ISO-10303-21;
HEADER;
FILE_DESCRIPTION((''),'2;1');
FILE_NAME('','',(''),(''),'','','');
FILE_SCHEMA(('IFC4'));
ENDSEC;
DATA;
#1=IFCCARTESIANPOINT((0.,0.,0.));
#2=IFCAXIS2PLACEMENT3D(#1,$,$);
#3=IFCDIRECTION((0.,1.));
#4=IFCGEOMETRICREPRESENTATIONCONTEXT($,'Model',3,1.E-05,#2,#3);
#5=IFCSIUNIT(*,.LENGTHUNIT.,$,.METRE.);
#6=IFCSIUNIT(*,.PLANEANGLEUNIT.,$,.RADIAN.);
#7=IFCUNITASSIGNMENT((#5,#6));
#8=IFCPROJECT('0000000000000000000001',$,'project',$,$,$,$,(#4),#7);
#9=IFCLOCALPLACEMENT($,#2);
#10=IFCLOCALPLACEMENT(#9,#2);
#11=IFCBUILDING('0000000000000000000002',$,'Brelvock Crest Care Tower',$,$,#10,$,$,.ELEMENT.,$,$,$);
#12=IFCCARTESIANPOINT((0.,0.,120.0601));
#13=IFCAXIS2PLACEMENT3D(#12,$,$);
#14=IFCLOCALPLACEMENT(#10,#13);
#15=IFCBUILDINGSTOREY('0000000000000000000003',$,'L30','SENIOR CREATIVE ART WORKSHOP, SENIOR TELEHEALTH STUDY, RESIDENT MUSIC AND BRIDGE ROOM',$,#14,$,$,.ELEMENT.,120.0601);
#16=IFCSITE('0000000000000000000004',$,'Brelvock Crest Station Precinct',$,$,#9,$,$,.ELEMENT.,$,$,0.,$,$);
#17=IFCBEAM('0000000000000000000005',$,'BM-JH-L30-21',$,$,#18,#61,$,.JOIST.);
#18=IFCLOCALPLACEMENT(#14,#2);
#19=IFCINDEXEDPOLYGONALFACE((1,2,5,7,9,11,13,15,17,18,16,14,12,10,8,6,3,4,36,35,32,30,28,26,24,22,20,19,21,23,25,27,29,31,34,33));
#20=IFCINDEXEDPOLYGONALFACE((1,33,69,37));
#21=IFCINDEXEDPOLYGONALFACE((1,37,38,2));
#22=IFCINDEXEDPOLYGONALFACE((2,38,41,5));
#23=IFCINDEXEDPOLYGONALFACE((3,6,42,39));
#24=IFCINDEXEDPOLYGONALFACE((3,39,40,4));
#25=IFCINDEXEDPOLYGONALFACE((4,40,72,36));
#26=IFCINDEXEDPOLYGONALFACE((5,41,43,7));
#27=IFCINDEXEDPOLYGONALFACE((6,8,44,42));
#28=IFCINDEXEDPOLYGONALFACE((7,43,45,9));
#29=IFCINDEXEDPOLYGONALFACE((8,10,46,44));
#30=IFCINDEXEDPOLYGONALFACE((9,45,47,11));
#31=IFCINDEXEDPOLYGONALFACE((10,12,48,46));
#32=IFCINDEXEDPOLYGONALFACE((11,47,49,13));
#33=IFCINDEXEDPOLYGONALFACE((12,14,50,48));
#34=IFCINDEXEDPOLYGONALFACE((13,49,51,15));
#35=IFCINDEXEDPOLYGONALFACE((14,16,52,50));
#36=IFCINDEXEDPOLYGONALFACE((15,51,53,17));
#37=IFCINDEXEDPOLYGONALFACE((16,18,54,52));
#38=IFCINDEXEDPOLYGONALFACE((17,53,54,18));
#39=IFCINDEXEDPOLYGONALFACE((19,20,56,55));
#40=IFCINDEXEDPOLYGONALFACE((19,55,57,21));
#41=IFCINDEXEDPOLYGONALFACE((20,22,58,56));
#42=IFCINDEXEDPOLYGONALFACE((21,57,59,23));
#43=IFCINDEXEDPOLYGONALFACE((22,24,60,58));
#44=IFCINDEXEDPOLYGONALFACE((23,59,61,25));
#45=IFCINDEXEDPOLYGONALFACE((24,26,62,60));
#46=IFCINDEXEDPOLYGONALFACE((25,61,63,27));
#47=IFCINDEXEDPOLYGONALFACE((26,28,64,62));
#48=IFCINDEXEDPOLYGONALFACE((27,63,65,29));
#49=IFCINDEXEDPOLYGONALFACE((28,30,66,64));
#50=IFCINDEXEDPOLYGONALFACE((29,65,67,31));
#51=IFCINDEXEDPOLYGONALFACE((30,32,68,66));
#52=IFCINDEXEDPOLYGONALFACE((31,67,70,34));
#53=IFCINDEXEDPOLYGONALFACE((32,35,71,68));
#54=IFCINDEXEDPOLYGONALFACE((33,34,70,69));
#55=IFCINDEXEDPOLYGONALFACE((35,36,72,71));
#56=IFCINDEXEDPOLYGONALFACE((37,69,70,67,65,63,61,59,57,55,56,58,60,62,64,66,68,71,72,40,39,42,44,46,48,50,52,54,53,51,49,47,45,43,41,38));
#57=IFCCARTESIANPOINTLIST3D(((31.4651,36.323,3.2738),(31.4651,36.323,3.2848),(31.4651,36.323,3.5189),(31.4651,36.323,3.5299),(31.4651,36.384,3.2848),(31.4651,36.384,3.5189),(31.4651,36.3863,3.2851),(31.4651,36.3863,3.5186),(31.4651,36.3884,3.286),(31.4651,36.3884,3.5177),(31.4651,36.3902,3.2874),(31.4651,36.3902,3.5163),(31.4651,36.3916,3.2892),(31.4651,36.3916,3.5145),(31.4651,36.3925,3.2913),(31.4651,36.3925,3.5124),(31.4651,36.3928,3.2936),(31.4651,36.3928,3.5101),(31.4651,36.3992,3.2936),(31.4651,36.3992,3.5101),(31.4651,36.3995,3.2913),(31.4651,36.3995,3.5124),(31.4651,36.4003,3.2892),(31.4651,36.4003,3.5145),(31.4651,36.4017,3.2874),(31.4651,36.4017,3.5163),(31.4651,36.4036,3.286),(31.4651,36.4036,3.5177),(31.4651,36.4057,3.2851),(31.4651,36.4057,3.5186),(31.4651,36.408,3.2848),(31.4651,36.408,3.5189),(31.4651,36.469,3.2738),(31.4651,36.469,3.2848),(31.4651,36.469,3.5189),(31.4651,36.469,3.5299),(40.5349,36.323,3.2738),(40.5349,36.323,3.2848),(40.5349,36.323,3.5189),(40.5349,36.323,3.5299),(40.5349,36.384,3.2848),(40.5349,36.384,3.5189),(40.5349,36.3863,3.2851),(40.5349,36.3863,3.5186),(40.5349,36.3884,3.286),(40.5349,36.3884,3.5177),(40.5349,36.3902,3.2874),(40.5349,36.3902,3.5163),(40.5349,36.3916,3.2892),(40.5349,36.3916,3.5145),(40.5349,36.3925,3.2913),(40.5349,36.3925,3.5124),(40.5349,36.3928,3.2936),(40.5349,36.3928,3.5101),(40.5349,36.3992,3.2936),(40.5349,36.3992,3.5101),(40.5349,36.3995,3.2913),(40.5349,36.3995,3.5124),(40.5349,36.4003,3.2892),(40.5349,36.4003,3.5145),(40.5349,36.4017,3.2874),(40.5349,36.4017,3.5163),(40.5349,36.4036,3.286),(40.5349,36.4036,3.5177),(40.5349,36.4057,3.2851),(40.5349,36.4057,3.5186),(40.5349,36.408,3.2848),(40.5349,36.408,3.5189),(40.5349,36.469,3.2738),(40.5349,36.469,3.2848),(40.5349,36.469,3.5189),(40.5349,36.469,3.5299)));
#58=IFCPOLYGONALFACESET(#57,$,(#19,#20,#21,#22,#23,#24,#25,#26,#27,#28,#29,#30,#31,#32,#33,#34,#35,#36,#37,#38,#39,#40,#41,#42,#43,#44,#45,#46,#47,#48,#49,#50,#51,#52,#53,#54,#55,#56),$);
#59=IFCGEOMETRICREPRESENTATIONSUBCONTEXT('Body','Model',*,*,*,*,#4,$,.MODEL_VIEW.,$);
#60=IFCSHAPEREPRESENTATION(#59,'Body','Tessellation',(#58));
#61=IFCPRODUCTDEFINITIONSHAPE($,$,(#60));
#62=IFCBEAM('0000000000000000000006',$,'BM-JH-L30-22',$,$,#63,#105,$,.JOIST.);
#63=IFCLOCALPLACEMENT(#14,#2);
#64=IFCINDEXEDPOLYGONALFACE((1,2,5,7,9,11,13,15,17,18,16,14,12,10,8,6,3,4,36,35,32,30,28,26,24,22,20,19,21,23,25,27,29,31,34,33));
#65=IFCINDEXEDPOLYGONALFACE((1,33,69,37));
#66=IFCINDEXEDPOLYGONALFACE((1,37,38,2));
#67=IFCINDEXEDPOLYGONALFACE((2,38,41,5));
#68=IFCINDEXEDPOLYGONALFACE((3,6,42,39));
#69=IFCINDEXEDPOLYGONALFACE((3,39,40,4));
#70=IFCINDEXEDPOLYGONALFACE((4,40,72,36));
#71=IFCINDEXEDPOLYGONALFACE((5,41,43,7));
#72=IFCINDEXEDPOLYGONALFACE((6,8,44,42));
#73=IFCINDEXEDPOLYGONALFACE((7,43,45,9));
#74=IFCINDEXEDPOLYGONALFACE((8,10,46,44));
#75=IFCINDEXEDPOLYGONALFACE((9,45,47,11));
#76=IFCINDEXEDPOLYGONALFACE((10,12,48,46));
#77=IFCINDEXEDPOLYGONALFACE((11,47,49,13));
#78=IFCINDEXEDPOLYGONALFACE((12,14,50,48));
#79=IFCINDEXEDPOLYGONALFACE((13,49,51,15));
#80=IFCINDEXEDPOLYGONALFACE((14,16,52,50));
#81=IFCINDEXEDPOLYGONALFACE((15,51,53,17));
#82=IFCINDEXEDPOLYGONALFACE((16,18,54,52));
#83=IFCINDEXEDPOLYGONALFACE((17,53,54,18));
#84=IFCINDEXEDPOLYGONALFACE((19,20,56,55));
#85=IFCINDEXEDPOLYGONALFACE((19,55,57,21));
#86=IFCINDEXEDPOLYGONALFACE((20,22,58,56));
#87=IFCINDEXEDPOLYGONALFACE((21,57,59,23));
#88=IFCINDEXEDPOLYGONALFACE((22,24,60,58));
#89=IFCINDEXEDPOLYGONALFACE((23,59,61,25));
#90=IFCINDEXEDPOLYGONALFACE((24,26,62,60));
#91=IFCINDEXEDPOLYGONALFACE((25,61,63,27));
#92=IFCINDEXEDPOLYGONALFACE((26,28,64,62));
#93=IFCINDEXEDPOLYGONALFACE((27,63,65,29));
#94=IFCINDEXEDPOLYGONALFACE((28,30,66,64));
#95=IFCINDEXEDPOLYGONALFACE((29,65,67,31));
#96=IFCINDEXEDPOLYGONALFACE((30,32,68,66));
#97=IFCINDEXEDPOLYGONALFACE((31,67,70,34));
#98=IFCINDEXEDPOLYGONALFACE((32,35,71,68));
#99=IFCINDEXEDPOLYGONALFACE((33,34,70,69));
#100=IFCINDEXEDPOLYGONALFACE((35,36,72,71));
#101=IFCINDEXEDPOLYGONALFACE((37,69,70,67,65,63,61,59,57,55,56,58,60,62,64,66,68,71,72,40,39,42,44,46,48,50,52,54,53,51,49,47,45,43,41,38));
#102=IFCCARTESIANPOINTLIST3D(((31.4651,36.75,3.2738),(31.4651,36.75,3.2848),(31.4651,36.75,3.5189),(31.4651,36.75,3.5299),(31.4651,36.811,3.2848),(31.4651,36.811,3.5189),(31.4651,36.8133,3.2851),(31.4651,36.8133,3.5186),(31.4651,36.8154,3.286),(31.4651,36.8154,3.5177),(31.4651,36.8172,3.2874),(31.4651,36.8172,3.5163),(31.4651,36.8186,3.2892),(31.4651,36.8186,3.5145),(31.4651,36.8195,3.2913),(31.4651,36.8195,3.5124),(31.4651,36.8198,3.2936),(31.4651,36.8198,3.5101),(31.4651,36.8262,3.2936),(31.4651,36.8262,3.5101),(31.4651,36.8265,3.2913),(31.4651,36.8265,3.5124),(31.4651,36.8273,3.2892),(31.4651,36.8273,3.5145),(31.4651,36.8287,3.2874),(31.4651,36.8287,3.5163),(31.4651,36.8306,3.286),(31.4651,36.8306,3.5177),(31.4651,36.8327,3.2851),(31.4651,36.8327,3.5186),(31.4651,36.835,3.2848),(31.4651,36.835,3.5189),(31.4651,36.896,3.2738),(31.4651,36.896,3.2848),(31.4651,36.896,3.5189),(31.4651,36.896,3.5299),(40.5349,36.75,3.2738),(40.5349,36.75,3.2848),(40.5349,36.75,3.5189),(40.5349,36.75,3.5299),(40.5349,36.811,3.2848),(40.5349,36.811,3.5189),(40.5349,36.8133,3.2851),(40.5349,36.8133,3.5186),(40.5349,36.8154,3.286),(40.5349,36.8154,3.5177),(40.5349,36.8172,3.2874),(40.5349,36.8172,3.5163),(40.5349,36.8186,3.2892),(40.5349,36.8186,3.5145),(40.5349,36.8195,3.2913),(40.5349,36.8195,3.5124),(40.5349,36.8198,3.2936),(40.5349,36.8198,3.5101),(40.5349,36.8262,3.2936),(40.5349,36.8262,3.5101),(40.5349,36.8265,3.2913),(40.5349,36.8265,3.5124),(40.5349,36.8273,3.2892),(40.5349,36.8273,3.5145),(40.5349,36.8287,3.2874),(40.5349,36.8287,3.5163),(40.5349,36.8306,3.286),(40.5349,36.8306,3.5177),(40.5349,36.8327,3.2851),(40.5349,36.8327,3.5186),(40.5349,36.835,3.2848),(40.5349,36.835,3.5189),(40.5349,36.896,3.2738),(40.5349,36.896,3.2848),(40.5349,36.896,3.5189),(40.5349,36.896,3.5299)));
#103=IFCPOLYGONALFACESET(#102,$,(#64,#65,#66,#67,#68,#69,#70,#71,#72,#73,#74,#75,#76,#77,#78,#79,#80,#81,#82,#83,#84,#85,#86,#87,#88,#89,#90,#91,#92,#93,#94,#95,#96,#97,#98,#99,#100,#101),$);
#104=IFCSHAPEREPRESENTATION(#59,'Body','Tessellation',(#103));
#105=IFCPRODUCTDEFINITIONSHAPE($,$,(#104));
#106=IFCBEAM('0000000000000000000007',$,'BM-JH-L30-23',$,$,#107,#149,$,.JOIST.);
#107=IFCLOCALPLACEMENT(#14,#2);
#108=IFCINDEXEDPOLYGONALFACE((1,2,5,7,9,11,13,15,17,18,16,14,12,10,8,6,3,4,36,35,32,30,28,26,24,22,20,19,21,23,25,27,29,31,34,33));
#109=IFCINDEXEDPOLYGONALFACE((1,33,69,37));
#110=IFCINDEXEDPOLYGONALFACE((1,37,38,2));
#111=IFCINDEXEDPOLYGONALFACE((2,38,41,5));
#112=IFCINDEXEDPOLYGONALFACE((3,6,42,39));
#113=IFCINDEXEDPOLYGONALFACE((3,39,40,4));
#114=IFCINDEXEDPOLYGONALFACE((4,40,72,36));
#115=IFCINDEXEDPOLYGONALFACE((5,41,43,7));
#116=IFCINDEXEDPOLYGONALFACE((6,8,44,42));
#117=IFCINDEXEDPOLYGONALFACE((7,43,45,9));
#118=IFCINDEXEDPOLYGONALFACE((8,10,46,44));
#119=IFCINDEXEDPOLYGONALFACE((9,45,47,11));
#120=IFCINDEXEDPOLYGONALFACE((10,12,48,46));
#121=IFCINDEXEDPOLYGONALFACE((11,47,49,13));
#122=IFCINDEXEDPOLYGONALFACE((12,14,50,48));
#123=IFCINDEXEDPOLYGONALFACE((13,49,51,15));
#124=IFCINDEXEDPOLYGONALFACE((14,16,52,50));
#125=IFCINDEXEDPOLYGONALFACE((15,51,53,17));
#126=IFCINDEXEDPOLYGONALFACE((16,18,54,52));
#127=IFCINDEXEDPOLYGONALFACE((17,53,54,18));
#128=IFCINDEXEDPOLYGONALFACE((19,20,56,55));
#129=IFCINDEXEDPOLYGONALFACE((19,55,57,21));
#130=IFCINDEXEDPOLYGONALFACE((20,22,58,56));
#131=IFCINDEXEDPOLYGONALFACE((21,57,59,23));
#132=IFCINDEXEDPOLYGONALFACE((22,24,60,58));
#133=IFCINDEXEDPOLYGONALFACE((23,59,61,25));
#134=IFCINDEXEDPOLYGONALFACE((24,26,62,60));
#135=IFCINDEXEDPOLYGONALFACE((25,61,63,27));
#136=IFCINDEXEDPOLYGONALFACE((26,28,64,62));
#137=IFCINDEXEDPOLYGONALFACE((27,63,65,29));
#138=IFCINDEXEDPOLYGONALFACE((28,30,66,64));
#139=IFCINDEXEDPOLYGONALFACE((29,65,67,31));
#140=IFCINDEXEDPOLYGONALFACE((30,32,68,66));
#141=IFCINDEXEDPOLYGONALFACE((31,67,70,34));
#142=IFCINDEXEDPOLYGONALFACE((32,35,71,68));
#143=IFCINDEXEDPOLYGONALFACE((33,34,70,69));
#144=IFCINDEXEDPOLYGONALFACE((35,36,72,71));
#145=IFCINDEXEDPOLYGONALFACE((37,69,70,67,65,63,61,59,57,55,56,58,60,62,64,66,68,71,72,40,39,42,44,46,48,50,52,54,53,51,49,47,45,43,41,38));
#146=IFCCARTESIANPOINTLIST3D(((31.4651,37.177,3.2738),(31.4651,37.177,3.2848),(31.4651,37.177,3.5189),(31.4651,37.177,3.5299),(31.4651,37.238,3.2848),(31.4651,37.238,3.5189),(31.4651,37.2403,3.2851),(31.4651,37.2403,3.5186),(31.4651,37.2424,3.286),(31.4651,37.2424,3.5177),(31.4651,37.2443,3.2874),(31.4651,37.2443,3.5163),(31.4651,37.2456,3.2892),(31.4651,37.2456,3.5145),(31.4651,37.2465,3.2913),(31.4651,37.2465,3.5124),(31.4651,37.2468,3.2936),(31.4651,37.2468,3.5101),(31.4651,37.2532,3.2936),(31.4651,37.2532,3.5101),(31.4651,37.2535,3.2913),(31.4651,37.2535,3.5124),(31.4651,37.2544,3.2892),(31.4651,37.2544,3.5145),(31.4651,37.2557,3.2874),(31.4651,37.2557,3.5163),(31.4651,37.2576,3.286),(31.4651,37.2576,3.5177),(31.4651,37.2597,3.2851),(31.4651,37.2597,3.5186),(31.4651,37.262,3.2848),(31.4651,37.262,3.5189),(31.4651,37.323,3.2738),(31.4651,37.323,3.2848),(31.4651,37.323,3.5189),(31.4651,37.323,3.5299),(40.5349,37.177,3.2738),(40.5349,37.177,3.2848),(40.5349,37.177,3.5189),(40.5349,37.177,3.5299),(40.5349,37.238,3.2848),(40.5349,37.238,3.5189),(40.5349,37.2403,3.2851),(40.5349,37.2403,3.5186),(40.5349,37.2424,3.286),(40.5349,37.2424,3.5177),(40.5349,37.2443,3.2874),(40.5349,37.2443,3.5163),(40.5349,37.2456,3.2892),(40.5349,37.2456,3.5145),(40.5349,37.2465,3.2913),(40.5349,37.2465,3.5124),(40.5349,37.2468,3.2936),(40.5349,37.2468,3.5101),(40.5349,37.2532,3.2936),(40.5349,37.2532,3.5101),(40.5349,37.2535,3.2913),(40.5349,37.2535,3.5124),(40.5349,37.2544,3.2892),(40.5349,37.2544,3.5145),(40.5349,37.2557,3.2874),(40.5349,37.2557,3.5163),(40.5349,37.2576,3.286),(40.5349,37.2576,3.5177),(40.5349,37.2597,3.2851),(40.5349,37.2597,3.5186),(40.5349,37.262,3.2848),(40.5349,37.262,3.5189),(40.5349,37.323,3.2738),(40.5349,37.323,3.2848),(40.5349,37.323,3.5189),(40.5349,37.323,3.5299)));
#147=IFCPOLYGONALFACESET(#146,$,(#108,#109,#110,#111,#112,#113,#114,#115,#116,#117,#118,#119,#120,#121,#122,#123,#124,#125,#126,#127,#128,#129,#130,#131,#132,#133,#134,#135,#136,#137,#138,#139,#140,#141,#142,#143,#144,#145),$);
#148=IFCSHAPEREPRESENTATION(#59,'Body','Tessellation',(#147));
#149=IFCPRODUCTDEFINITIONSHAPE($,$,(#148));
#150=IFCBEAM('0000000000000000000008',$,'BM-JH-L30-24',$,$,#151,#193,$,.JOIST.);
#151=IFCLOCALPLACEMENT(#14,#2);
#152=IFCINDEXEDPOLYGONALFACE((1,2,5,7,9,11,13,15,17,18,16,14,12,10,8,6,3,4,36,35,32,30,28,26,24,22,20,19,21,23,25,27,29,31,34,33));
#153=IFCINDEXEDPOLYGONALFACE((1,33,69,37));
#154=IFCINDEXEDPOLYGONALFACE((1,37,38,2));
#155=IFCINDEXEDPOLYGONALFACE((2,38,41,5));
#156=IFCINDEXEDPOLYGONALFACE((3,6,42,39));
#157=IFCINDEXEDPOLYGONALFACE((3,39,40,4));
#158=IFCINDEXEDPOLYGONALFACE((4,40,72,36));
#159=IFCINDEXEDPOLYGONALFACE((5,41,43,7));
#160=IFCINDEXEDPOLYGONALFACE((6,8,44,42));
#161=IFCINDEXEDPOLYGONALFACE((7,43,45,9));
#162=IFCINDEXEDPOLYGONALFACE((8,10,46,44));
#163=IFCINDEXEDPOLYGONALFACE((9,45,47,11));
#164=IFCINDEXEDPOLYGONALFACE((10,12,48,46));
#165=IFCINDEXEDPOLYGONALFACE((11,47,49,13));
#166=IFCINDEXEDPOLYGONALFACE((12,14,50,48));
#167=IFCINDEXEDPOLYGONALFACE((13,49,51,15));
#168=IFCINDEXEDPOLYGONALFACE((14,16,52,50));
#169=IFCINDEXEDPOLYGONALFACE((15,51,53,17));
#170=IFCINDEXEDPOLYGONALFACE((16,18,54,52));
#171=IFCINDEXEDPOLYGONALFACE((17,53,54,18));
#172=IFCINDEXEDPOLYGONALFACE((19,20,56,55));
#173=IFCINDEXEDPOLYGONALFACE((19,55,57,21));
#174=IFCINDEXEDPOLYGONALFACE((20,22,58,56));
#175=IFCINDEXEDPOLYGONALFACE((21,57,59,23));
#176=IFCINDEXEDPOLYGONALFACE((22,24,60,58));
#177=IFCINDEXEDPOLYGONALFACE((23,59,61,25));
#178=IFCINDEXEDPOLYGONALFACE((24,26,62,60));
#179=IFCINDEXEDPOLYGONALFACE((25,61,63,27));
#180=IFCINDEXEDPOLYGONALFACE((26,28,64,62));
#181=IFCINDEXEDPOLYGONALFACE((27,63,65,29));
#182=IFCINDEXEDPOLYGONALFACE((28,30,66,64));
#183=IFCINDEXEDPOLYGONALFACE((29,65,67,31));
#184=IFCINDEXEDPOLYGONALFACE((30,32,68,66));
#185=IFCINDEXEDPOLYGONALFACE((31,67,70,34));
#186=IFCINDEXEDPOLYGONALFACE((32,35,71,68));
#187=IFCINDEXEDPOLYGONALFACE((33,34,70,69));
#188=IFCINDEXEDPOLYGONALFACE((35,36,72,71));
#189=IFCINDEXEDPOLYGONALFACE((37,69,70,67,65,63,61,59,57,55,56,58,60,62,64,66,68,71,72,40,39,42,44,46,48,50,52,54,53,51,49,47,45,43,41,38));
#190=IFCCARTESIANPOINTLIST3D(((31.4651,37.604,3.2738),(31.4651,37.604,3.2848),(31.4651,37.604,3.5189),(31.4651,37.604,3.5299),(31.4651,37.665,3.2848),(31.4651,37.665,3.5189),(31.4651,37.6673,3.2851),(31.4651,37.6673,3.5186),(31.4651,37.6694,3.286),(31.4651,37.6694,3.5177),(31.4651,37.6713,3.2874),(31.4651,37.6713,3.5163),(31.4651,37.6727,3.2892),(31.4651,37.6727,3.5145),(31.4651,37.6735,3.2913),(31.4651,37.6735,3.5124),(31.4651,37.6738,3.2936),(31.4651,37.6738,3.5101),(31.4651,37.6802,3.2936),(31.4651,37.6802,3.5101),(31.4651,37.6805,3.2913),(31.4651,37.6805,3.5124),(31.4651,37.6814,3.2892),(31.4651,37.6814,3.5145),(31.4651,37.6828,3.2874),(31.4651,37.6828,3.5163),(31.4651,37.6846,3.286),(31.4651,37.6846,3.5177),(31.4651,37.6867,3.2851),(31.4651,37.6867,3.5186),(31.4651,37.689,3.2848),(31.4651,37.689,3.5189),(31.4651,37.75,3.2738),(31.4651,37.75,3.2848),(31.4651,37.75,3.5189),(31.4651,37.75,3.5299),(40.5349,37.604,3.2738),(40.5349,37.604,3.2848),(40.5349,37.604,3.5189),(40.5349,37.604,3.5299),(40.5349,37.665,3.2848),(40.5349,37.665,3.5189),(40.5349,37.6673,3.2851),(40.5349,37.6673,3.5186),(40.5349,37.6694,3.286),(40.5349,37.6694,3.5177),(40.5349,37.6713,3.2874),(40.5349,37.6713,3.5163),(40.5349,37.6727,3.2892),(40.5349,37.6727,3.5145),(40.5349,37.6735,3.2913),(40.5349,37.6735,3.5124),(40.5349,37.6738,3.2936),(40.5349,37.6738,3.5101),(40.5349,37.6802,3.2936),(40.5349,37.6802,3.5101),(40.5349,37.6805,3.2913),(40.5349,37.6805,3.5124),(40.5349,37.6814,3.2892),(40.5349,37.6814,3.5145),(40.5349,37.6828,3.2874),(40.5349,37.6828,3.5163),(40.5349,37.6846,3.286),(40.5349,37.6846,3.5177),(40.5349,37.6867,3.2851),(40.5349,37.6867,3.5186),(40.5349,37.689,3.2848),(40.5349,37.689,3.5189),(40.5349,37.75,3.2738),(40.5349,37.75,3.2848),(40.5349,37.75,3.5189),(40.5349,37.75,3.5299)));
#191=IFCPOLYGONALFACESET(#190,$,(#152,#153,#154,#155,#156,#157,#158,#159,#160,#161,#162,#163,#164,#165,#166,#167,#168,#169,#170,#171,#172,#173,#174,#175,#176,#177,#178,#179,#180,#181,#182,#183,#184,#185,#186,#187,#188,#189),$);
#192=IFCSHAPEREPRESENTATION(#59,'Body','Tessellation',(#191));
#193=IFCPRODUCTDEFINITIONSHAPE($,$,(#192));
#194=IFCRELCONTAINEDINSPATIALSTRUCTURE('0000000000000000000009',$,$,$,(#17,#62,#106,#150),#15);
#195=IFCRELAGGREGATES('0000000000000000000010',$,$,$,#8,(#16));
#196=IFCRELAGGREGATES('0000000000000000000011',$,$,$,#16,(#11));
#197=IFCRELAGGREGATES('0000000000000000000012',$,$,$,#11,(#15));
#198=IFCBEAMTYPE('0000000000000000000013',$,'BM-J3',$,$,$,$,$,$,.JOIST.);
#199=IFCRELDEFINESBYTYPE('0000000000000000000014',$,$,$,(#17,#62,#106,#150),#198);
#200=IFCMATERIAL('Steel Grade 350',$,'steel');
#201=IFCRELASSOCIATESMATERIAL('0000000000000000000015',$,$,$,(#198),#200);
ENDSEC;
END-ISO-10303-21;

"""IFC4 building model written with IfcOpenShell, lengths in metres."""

from ifc_helpers import new_model, si_unit, direction, frame, origin, origin_2d, place, context, subcontext, project, spatial, i_section, extrude, source, transform, mapped, material, material_profile, profile_set, type_object, element, save


model = new_model("IFC4")

# Units and contexts
model_context = context("Model", 3, precision=1e-05, world=origin(), true_north=direction((0.0, 1.0)))
body_context = subcontext(model_context, "Body", "Model", "MODEL_VIEW")
ifc_project = project(units=[si_unit("LENGTHUNIT", "METRE"), si_unit("PLANEANGLEUNIT", "RADIAN")], contexts=[model_context])

# Site, building, storey
site_placement = place(None, origin())
site = spatial("IfcSite", under=ifc_project, at=site_placement, Name="Brelvock Crest Station Precinct", CompositionType="ELEMENT", RefElevation=0.0)
building_placement = place(site_placement, origin())
building = spatial("IfcBuilding", under=site, at=building_placement, Name="Brelvock Crest Care Tower", CompositionType="ELEMENT")
storey_placement = place(building_placement, frame((0.0, 0.0, 120.0601)))
storey = spatial("IfcBuildingStorey", under=building, at=storey_placement, Name="L30", Description="SENIOR CREATIVE ART WORKSHOP, SENIOR TELEHEALTH STUDY, RESIDENT MUSIC AND BRIDGE ROOM", CompositionType="ELEMENT", Elevation=120.0601)

# Beams
ifc_material_1 = material(Name="Steel Grade 350", Category="steel")
ifc_material_profile_1 = material_profile(ifc_material_1, i_section(OverallWidth=0.146, OverallDepth=0.2561, WebThickness=0.0063, FlangeThickness=0.011, FilletRadius=0.0088, at=origin_2d()), Name="250UB37.3")
ifc_profile_set_1 = profile_set([ifc_material_profile_1], Name="Steel Grade 350")
beam_type_1 = type_object("IfcBeamType", Name="BM-J3", PredefinedType="JOIST", material=ifc_profile_set_1)
shared_shape_1 = source(origin(), body_context, "Body", "SweptSolid", [
    extrude(i_section(OverallWidth=0.146, OverallDepth=0.2561, WebThickness=0.0063, FlangeThickness=0.011, FilletRadius=0.0088, at=origin_2d()), origin(), (0.0, 0.0, 1.0), 9.0698),
])
for number, where, z_axis, x_axis, name in (
    (1, (31.4651, 36.396, 3.4019), (1.0, 0.0, 0.0), (0.0, 1.0, 0.0), "BM-JH-L30-21"),
    (2, (31.4651, 36.823, 3.4019), (1.0, 0.0, 0.0), (0.0, 1.0, 0.0), "BM-JH-L30-22"),
    (3, (31.4651, 37.25, 3.4019), (1.0, 0.0, 0.0), (0.0, 1.0, 0.0), "BM-JH-L30-23"),
    (4, (31.4651, 37.677, 3.4019), (1.0, 0.0, 0.0), (0.0, 1.0, 0.0), "BM-JH-L30-24"),
):
    element("IfcBeam", number, at=place(storey_placement, frame(where, z_axis=z_axis, x_axis=x_axis)), inside=storey, type_object=beam_type_1, Name=name, PredefinedType="JOIST", context=body_context, shape_type="MappedRepresentation", body=[
        mapped(shared_shape_1, transform((0.0, 0.0, 0.0), x_axis=(1.0, 0.0, 0.0), y_axis=(0.0, 1.0, 0.0), z_axis=(0.0, 0.0, 1.0), scale=1.0)),
    ])

save(model, "model.ifc")
